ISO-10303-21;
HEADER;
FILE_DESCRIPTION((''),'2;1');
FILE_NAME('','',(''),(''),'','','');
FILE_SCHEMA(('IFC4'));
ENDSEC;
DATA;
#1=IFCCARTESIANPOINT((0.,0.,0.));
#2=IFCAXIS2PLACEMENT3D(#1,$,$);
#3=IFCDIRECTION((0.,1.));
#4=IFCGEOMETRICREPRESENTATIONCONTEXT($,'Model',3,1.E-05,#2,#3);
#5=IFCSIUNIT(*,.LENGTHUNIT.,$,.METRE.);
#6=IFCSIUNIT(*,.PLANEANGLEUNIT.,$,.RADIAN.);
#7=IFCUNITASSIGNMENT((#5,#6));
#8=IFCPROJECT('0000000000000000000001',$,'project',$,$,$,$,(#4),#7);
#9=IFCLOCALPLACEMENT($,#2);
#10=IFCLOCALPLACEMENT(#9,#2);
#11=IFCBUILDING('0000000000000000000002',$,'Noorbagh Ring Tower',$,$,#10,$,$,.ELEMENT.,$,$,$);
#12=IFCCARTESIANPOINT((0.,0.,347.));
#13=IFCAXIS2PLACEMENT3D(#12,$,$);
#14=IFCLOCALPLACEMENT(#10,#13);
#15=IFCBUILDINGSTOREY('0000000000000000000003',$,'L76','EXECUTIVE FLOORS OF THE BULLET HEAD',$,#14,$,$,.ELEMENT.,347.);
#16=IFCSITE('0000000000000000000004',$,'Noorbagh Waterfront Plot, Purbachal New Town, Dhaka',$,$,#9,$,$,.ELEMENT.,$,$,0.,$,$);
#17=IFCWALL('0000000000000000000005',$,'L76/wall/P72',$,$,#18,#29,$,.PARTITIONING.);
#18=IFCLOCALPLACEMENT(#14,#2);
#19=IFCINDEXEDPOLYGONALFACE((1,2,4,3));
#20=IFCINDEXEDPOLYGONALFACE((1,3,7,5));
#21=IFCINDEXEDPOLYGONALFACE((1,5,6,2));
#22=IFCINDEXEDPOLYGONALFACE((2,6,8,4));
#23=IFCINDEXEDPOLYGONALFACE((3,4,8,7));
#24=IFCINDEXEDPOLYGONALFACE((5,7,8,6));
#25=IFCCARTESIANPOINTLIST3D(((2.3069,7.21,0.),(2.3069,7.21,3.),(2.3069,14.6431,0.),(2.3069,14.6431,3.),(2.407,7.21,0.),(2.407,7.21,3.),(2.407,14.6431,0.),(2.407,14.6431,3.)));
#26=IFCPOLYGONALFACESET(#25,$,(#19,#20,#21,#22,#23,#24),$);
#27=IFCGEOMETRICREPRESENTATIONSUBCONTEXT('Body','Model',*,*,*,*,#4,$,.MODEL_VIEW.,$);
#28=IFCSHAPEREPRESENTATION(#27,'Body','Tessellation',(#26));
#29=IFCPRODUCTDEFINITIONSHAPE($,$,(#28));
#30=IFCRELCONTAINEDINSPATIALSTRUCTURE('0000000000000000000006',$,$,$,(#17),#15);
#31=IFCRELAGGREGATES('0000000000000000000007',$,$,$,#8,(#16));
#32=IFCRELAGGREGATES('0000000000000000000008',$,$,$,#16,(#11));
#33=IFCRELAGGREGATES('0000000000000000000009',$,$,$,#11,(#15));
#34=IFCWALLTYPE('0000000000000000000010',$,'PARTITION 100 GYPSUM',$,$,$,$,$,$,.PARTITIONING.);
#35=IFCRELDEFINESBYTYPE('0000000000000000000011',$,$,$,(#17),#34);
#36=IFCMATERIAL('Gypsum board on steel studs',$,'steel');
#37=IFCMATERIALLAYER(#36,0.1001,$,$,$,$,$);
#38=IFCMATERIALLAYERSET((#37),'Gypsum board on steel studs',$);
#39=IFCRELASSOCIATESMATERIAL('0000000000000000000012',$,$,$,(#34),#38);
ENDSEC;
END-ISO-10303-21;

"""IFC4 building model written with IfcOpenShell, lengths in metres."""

from ifc_helpers import new_model, si_unit, direction, frame, frame_2d, origin, place, context, subcontext, project, spatial, rectangle, extrude, material, layer, layer_set, type_object, element, save


model = new_model("IFC4")

# Units and contexts
model_context = context("Model", 3, precision=1e-05, world=origin(), true_north=direction((0.0, 1.0)))
body_context = subcontext(model_context, "Body", "Model", "MODEL_VIEW")
ifc_project = project(units=[si_unit("LENGTHUNIT", "METRE"), si_unit("PLANEANGLEUNIT", "RADIAN")], contexts=[model_context])

# Site, building, storey
site_placement = place(None, origin())
site = spatial("IfcSite", under=ifc_project, at=site_placement, Name="Noorbagh Waterfront Plot, Purbachal New Town, Dhaka", CompositionType="ELEMENT", RefElevation=0.0)
building_placement = place(site_placement, origin())
building = spatial("IfcBuilding", under=site, at=building_placement, Name="Noorbagh Ring Tower", CompositionType="ELEMENT")
storey_placement = place(building_placement, frame((0.0, 0.0, 347.0)))
storey = spatial("IfcBuildingStorey", under=building, at=storey_placement, Name="L76", Description="EXECUTIVE FLOORS OF THE BULLET HEAD", CompositionType="ELEMENT", Elevation=347.0)

# Wall
ifc_material_1 = material(Name="Gypsum board on steel studs", Category="steel")
ifc_layer_1 = layer(ifc_material_1, 0.1001)
ifc_layer_set_1 = layer_set([ifc_layer_1], Name="Gypsum board on steel studs")
wall_type_1 = type_object("IfcWallType", Name="PARTITION 100 GYPSUM", PredefinedType="PARTITIONING", material=ifc_layer_set_1)
wall_1_placement = place(storey_placement, frame((2.3569, 7.21, 0.0), z_axis=(0.0, 0.0, 1.0), x_axis=(0.0, 1.0, 0.0)))
element("IfcWall", 1, at=wall_1_placement, inside=storey, type_object=wall_type_1, Name="L76/wall/P72", PredefinedType="PARTITIONING", context=body_context, shape_type="SweptSolid", body=[
    extrude(rectangle(XDim=7.4331, YDim=0.1001, at=frame_2d((3.7166, 0.0))), origin(), (0.0, 0.0, 1.0), 3.0),
])

save(model, "model.ifc")
